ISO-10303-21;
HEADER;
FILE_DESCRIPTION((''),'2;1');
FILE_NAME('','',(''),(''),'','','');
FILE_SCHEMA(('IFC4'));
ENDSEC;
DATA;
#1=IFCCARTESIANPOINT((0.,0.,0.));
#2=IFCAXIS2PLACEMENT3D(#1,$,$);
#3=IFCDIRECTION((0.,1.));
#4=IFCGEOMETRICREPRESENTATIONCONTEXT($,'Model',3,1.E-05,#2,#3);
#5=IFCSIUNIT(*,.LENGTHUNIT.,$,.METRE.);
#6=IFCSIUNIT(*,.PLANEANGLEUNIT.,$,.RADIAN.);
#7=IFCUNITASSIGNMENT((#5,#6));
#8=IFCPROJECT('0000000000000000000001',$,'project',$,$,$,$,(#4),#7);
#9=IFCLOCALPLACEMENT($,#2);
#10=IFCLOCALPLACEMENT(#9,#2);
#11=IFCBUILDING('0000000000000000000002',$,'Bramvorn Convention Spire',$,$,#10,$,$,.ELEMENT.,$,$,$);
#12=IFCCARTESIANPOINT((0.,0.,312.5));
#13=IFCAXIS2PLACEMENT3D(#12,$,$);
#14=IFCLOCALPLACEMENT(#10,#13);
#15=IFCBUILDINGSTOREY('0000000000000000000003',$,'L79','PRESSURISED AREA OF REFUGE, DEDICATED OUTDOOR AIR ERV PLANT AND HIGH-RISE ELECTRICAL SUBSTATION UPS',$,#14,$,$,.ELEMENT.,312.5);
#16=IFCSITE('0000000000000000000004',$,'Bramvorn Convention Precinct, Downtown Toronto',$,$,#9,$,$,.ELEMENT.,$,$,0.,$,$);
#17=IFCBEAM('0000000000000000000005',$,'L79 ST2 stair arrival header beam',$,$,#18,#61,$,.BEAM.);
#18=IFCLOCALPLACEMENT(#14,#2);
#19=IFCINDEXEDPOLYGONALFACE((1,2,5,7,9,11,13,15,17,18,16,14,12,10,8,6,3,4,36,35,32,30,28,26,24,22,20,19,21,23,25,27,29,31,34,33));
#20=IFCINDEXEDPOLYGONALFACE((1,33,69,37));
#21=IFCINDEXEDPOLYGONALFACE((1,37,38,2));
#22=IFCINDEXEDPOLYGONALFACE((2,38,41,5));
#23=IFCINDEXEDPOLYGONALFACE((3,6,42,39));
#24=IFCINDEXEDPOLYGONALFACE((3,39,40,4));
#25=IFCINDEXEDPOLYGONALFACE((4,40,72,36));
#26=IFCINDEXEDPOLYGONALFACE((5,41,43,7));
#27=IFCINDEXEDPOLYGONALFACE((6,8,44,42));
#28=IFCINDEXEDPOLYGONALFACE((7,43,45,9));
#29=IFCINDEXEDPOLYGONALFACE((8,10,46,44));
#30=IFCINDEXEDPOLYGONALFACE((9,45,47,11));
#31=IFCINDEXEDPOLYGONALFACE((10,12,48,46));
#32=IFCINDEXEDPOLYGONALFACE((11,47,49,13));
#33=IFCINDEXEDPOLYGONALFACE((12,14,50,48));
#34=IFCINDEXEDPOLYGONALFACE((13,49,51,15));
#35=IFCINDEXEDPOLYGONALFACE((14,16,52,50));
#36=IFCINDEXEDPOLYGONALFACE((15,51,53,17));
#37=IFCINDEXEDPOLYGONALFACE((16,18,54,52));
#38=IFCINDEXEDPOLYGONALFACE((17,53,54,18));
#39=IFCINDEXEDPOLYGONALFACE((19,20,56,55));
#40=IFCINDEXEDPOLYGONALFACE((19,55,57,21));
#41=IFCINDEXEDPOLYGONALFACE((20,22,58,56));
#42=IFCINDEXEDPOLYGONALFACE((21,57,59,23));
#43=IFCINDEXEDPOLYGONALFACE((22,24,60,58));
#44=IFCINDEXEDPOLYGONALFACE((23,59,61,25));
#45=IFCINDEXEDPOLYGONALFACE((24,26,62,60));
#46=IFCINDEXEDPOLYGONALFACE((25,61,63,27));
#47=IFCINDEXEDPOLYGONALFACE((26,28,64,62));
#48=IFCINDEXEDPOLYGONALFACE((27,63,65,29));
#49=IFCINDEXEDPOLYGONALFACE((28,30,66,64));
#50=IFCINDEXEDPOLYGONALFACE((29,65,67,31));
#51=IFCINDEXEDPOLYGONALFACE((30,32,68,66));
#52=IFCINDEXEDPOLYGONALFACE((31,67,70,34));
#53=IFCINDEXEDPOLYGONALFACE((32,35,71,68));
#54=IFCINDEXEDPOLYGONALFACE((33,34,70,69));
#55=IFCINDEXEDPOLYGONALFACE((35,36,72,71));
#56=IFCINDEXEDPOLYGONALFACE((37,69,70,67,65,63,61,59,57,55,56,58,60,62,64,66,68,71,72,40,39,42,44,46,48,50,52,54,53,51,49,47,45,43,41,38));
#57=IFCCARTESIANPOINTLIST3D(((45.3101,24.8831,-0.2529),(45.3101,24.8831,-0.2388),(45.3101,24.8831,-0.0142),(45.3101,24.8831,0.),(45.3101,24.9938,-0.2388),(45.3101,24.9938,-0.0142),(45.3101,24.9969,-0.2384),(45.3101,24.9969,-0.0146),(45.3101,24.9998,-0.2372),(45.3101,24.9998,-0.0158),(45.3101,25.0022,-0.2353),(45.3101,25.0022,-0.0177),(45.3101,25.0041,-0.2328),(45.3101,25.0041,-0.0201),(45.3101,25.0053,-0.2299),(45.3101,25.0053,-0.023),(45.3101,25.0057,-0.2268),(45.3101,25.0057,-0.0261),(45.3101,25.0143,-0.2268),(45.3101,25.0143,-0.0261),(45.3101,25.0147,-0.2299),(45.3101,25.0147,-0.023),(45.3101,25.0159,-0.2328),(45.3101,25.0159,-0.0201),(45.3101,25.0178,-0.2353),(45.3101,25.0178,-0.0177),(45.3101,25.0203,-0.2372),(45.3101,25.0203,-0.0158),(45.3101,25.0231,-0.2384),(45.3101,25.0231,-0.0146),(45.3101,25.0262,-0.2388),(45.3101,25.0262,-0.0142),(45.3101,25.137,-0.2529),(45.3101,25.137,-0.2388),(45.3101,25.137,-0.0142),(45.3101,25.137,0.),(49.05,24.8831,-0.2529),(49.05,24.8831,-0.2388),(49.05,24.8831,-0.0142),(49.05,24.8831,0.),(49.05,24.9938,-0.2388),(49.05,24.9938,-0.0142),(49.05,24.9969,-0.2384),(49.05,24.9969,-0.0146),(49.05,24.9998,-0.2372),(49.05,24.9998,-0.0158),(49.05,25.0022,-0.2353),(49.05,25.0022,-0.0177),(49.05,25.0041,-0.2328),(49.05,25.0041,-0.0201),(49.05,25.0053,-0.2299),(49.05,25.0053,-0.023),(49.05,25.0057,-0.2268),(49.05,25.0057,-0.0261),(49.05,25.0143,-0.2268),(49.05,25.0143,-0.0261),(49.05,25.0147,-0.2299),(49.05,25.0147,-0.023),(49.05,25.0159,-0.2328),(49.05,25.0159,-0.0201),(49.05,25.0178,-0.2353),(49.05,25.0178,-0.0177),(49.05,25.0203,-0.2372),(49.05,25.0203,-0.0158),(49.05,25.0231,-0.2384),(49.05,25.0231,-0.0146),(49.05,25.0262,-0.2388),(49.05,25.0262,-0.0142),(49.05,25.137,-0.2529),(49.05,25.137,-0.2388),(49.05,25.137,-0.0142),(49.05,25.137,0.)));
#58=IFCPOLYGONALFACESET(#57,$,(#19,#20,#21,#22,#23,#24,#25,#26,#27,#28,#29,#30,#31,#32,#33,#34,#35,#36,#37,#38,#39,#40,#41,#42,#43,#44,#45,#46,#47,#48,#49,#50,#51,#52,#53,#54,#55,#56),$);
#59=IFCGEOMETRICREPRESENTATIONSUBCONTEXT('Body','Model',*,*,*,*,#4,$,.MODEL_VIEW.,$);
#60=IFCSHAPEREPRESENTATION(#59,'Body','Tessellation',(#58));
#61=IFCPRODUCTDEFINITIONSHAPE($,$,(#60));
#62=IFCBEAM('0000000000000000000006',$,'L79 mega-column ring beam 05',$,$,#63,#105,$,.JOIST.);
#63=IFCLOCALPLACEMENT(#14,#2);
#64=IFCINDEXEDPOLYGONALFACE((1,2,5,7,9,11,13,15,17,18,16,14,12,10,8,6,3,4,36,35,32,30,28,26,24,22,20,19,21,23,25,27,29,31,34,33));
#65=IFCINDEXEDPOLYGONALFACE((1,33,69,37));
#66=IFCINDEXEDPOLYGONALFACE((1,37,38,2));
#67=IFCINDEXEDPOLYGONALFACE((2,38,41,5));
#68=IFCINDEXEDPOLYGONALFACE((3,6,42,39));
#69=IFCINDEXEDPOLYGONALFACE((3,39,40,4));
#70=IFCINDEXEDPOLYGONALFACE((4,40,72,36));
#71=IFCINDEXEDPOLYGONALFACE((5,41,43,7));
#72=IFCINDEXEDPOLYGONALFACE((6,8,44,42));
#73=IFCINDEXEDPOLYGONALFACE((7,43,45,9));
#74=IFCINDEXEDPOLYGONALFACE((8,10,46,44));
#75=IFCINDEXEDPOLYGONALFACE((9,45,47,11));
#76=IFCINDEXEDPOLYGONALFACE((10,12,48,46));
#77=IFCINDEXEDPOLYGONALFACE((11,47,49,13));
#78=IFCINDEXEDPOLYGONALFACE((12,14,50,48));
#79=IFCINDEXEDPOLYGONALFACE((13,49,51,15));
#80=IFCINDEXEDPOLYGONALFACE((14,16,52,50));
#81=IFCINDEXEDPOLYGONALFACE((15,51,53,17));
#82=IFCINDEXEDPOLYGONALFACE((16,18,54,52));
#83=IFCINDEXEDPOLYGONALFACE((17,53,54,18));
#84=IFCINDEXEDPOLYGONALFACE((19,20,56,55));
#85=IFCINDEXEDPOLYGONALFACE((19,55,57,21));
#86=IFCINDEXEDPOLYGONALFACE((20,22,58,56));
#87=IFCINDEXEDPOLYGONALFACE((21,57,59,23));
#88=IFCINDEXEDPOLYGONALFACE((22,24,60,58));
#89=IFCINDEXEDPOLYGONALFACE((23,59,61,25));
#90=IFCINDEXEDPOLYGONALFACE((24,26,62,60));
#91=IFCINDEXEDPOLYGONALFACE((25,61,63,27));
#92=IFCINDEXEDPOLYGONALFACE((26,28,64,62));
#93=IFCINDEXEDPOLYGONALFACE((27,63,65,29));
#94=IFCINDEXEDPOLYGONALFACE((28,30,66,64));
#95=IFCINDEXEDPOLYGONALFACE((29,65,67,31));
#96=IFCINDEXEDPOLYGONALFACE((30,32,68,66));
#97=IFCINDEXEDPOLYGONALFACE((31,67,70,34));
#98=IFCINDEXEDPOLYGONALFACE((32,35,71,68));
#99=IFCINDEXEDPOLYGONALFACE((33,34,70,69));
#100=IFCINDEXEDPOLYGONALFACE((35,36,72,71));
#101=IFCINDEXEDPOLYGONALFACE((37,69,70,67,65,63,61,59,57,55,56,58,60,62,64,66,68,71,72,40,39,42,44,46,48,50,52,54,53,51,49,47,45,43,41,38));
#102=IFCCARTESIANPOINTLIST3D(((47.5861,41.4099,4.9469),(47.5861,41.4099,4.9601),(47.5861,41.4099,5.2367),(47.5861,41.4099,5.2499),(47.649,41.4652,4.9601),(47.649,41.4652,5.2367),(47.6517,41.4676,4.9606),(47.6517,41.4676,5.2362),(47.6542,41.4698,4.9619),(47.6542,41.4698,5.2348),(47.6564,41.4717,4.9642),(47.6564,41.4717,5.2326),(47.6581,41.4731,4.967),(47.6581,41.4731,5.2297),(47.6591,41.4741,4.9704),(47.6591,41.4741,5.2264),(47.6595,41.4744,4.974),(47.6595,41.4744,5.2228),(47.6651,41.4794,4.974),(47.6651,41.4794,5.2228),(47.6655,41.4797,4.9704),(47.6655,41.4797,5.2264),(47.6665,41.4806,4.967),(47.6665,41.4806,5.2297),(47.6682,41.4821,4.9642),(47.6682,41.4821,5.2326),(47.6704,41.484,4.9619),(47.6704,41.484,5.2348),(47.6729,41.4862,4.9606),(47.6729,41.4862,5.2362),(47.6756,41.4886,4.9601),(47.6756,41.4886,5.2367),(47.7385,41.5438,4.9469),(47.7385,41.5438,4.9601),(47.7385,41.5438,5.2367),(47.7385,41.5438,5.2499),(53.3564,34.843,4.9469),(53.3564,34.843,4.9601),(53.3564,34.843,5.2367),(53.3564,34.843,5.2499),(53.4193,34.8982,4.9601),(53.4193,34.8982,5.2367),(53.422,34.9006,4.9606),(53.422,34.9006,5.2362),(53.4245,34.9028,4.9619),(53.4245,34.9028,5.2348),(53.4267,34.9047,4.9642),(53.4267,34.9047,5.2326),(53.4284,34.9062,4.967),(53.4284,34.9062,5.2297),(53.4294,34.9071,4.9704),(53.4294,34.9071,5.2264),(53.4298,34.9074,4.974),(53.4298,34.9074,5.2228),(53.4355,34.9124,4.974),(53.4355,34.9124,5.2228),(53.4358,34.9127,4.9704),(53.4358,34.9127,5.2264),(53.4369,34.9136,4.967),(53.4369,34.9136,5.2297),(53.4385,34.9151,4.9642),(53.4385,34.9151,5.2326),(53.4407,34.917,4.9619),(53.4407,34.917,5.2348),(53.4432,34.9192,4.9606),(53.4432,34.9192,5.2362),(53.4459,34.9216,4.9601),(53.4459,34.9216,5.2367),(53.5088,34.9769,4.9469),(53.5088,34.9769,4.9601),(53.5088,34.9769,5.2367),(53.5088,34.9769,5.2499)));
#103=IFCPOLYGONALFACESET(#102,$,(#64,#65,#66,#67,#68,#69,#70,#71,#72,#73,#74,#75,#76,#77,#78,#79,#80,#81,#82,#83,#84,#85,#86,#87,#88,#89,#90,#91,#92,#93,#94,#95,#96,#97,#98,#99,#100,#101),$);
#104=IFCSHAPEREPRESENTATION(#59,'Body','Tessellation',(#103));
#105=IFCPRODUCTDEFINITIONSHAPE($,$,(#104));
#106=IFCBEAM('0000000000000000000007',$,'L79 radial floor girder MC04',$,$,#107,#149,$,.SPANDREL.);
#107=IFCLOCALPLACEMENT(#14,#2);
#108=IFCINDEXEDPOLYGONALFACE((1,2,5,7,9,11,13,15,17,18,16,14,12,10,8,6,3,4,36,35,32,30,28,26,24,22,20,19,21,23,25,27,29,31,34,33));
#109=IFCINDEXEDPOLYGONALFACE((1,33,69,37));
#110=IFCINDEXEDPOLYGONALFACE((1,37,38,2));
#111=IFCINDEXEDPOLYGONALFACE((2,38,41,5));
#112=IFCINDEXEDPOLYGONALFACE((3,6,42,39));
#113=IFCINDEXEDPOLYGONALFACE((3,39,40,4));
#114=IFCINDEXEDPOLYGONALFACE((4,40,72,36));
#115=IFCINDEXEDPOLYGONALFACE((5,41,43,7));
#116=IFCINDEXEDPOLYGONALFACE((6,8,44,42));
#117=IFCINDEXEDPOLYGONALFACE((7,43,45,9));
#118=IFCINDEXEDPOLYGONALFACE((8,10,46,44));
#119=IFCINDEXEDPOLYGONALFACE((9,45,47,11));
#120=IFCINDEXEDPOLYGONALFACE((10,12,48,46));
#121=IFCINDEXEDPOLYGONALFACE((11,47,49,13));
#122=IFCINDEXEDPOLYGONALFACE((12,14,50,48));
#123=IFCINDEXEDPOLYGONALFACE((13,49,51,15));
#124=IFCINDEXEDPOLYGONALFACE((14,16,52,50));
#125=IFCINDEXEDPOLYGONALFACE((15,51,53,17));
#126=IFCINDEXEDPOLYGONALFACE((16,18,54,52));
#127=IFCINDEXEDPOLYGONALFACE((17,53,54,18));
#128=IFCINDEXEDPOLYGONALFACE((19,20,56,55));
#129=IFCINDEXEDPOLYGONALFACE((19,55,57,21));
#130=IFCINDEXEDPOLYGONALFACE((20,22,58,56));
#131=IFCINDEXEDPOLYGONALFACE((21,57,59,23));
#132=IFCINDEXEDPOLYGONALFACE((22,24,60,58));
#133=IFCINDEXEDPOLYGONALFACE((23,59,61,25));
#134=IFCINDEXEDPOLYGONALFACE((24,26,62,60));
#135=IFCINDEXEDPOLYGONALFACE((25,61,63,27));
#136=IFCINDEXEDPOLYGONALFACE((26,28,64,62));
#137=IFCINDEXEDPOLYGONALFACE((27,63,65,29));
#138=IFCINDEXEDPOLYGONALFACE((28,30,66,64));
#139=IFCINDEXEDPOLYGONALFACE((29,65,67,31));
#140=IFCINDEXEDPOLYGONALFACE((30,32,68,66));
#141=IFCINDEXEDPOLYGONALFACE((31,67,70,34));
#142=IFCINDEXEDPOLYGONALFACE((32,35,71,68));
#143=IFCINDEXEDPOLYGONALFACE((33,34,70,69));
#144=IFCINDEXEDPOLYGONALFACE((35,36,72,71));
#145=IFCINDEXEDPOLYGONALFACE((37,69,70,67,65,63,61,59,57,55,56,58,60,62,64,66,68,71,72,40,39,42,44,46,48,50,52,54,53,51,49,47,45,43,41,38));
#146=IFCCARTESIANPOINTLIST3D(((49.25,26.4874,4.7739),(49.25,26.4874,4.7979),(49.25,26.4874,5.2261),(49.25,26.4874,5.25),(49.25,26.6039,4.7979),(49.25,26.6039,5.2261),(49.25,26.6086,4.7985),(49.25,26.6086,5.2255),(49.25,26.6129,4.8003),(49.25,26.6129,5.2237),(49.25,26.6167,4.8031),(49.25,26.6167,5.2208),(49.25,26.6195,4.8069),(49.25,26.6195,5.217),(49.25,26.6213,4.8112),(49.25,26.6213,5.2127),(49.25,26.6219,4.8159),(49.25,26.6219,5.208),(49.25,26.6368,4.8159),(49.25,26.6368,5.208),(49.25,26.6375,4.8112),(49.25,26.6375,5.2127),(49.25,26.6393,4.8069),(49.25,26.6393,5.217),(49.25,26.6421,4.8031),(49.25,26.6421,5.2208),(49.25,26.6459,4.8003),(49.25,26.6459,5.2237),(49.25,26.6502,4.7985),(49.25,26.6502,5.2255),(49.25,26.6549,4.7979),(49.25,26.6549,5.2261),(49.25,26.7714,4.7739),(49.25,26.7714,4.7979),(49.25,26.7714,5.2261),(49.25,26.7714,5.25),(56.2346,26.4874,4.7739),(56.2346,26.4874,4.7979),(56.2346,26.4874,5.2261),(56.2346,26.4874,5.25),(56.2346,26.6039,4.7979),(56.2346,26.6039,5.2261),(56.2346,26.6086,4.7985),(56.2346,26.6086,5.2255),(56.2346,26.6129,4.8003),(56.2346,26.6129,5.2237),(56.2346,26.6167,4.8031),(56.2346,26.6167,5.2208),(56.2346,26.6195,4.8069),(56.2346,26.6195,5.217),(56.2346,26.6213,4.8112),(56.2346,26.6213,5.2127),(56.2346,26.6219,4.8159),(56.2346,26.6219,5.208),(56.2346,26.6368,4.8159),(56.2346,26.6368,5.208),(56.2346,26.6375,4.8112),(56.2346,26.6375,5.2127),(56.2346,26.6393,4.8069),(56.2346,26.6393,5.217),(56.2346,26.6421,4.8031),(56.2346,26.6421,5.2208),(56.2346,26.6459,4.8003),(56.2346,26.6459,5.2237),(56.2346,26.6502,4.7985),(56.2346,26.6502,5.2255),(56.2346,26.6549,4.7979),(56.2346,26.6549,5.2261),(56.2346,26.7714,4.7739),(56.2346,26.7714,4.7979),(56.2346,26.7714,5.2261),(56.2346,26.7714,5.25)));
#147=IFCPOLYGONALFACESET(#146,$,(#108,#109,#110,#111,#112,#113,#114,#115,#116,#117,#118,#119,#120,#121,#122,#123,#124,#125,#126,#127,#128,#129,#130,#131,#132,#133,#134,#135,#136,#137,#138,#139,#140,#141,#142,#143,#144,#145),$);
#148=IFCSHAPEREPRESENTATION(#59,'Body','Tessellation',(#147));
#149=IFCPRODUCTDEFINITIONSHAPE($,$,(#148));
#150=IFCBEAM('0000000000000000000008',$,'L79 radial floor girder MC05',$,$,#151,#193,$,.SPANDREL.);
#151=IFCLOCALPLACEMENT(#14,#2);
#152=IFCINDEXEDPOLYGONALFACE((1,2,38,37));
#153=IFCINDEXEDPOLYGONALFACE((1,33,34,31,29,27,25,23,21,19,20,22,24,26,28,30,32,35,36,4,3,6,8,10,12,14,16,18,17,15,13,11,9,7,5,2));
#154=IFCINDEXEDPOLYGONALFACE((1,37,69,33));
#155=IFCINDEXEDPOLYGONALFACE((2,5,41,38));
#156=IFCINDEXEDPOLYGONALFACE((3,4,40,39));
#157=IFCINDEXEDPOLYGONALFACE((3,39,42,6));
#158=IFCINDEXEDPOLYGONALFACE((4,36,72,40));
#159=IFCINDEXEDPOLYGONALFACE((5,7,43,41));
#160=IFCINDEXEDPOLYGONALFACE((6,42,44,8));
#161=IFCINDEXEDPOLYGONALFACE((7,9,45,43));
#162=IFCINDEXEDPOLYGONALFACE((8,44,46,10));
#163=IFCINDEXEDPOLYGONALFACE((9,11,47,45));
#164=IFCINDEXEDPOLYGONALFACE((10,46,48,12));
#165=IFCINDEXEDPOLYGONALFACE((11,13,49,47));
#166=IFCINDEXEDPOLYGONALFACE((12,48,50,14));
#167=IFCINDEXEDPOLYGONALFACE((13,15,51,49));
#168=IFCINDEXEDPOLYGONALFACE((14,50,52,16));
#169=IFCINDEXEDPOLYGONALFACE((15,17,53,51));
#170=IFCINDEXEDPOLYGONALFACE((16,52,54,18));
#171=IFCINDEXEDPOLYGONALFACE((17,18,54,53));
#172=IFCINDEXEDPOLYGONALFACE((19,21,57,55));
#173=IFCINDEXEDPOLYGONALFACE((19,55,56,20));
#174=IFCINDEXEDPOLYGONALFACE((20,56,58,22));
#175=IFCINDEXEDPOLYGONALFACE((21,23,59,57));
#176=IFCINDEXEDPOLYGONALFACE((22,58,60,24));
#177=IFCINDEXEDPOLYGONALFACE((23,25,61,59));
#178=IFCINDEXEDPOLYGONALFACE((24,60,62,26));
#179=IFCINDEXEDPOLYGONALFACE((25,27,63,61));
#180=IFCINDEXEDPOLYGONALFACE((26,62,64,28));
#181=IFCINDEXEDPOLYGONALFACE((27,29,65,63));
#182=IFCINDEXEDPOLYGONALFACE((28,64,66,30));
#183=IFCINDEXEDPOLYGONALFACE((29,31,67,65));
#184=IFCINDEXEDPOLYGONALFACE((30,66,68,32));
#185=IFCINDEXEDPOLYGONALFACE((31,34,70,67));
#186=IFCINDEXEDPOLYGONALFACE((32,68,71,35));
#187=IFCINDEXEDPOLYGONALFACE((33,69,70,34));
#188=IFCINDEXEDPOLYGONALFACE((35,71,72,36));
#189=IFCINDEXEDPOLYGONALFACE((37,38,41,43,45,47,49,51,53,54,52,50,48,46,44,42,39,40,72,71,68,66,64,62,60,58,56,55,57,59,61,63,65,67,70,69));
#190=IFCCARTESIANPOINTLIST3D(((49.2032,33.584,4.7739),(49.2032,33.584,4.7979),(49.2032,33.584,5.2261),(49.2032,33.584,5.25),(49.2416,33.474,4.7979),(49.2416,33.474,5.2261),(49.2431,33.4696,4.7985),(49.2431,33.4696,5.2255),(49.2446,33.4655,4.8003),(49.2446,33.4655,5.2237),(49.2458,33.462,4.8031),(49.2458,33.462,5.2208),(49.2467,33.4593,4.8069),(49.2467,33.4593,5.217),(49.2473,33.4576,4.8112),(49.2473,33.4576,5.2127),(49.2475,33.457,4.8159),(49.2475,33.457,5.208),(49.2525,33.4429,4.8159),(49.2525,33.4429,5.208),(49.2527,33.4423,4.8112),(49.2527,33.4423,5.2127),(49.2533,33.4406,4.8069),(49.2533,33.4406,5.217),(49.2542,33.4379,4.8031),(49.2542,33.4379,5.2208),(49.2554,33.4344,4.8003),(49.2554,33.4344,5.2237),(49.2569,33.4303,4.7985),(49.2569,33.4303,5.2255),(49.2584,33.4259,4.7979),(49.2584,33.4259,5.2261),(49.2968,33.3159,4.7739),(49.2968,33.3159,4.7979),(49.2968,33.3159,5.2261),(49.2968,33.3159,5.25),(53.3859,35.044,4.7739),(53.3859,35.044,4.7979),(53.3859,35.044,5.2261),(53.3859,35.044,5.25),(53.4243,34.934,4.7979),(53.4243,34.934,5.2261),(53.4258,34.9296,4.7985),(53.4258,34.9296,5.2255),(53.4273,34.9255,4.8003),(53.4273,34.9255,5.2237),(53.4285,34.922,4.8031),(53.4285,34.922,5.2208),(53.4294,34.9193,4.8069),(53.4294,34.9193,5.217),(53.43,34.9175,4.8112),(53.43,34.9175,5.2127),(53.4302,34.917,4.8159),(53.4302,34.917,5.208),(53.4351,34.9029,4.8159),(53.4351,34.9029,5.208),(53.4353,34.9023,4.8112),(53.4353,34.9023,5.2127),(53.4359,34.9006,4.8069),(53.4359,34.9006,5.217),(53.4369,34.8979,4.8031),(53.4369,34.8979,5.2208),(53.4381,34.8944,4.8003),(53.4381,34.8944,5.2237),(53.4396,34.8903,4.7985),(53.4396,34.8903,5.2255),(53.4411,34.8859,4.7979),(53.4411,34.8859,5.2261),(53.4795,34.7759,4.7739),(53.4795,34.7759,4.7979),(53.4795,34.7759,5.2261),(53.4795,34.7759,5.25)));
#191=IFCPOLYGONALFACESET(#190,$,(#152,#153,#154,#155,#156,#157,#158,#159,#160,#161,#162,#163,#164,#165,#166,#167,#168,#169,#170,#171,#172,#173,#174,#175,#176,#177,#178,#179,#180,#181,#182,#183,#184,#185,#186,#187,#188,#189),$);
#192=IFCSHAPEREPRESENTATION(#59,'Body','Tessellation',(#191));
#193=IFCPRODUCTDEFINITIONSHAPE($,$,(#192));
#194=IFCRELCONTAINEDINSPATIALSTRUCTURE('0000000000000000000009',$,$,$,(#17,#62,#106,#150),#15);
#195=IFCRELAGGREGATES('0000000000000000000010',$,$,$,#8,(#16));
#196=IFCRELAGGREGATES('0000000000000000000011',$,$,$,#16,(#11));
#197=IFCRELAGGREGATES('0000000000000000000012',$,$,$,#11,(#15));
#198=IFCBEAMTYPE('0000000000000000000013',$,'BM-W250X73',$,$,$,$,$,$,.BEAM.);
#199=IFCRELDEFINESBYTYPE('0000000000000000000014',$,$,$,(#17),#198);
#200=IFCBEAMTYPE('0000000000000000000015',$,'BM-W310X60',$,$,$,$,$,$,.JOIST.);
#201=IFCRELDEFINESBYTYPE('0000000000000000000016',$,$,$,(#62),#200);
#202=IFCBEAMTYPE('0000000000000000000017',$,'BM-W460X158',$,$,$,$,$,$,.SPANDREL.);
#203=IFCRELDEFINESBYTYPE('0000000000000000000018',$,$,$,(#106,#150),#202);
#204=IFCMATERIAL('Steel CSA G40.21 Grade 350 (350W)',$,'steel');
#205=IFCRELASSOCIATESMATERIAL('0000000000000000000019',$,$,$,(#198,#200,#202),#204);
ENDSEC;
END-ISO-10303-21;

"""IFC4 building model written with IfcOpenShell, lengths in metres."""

from ifc_helpers import new_model, si_unit, direction, frame, origin, origin_2d, place, context, subcontext, project, spatial, i_section, extrude, material, material_profile, profile_set, type_object, element, save


model = new_model("IFC4")

# Units and contexts
model_context = context("Model", 3, precision=1e-05, world=origin(), true_north=direction((0.0, 1.0)))
body_context = subcontext(model_context, "Body", "Model", "MODEL_VIEW")
ifc_project = project(units=[si_unit("LENGTHUNIT", "METRE"), si_unit("PLANEANGLEUNIT", "RADIAN")], contexts=[model_context])

# Site, building, storey
site_placement = place(None, origin())
site = spatial("IfcSite", under=ifc_project, at=site_placement, Name="Bramvorn Convention Precinct, Downtown Toronto", CompositionType="ELEMENT", RefElevation=0.0)
building_placement = place(site_placement, origin())
building = spatial("IfcBuilding", under=site, at=building_placement, Name="Bramvorn Convention Spire", CompositionType="ELEMENT")
storey_placement = place(building_placement, frame((0.0, 0.0, 312.5)))
storey = spatial("IfcBuildingStorey", under=building, at=storey_placement, Name="L79", Description="PRESSURISED AREA OF REFUGE, DEDICATED OUTDOOR AIR ERV PLANT AND HIGH-RISE ELECTRICAL SUBSTATION UPS", CompositionType="ELEMENT", Elevation=312.5)

# Shared definitions
ifc_material_1 = material(Name="Steel CSA G40.21 Grade 350 (350W)", Category="steel")

# Beams
ifc_material_profile_1 = material_profile(ifc_material_1, i_section(OverallWidth=0.2539, OverallDepth=0.2529, WebThickness=0.0085, FlangeThickness=0.0142, FilletRadius=0.012, at=origin_2d()))
ifc_profile_set_1 = profile_set([ifc_material_profile_1], Name="Steel CSA G40.21 Grade 350 (350W) - W250X73")
beam_type_1 = type_object("IfcBeamType", Name="BM-W250X73", PredefinedType="BEAM", material=ifc_profile_set_1)
beam_1_placement = place(storey_placement, frame((45.3101, 25.01, -0.1265), z_axis=(1.0, 0.0, 0.0), x_axis=(0.0, 1.0, 0.0)))
element("IfcBeam", 1, at=beam_1_placement, inside=storey, type_object=beam_type_1, Name="L79 ST2 stair arrival header beam", PredefinedType="BEAM", context=body_context, shape_type="SweptSolid", body=[
    extrude(i_section(OverallWidth=0.2539, OverallDepth=0.2529, WebThickness=0.0085, FlangeThickness=0.0142, FilletRadius=0.012, at=origin_2d()), origin(), (0.0, 0.0, 1.0), 3.74),
])
ifc_material_profile_2 = material_profile(ifc_material_1, i_section(OverallWidth=0.2029, OverallDepth=0.303, WebThickness=0.0076, FlangeThickness=0.0132, FilletRadius=0.0139, at=origin_2d()))
ifc_profile_set_2 = profile_set([ifc_material_profile_2], Name="Steel CSA G40.21 Grade 350 (350W) - W310X60")
beam_type_2 = type_object("IfcBeamType", Name="BM-W310X60", PredefinedType="JOIST", material=ifc_profile_set_2)
beam_2_placement = place(storey_placement, frame((53.4326, 34.9099, 5.0984), z_axis=(-0.660073, 0.751201, 0.0), x_axis=(-0.751201, -0.660073, 0.0)))
element("IfcBeam", 2, at=beam_2_placement, inside=storey, type_object=beam_type_2, Name="L79 mega-column ring beam 05", PredefinedType="JOIST", context=body_context, shape_type="SweptSolid", body=[
    extrude(i_section(OverallWidth=0.2029, OverallDepth=0.303, WebThickness=0.0076, FlangeThickness=0.0132, FilletRadius=0.0139, at=origin_2d()), origin(), (0.0, 0.0, 1.0), 8.7419),
])
ifc_material_profile_3 = material_profile(ifc_material_1, i_section(OverallWidth=0.2839, OverallDepth=0.4761, WebThickness=0.0149, FlangeThickness=0.0239, FilletRadius=0.0181, at=origin_2d()))
ifc_profile_set_3 = profile_set([ifc_material_profile_3], Name="Steel CSA G40.21 Grade 350 (350W) - W460X158")
beam_type_3 = type_object("IfcBeamType", Name="BM-W460X158", PredefinedType="SPANDREL", material=ifc_profile_set_3)
beam_3_placement = place(storey_placement, frame((49.25, 26.6294, 5.012), z_axis=(1.0, 0.0, 0.0), x_axis=(0.0, 1.0, 0.0)))
element("IfcBeam", 3, at=beam_3_placement, inside=storey, type_object=beam_type_3, Name="L79 radial floor girder MC04", PredefinedType="SPANDREL", context=body_context, shape_type="SweptSolid", body=[
    extrude(i_section(OverallWidth=0.2839, OverallDepth=0.4761, WebThickness=0.0149, FlangeThickness=0.0239, FilletRadius=0.0181, at=origin_2d()), origin(), (0.0, 0.0, 1.0), 6.9846),
])
beam_4_placement = place(storey_placement, frame((49.25, 33.45, 5.012), z_axis=(0.944136, 0.329555, 0.0), x_axis=(-0.329555, 0.944136, 0.0)))
element("IfcBeam", 4, at=beam_4_placement, inside=storey, type_object=beam_type_3, Name="L79 radial floor girder MC05", PredefinedType="SPANDREL", context=body_context, shape_type="SweptSolid", body=[
    extrude(i_section(OverallWidth=0.2839, OverallDepth=0.4761, WebThickness=0.0149, FlangeThickness=0.0239, FilletRadius=0.0181, at=origin_2d()), origin(), (0.0, 0.0, 1.0), 4.4302),
])

save(model, "model.ifc")
